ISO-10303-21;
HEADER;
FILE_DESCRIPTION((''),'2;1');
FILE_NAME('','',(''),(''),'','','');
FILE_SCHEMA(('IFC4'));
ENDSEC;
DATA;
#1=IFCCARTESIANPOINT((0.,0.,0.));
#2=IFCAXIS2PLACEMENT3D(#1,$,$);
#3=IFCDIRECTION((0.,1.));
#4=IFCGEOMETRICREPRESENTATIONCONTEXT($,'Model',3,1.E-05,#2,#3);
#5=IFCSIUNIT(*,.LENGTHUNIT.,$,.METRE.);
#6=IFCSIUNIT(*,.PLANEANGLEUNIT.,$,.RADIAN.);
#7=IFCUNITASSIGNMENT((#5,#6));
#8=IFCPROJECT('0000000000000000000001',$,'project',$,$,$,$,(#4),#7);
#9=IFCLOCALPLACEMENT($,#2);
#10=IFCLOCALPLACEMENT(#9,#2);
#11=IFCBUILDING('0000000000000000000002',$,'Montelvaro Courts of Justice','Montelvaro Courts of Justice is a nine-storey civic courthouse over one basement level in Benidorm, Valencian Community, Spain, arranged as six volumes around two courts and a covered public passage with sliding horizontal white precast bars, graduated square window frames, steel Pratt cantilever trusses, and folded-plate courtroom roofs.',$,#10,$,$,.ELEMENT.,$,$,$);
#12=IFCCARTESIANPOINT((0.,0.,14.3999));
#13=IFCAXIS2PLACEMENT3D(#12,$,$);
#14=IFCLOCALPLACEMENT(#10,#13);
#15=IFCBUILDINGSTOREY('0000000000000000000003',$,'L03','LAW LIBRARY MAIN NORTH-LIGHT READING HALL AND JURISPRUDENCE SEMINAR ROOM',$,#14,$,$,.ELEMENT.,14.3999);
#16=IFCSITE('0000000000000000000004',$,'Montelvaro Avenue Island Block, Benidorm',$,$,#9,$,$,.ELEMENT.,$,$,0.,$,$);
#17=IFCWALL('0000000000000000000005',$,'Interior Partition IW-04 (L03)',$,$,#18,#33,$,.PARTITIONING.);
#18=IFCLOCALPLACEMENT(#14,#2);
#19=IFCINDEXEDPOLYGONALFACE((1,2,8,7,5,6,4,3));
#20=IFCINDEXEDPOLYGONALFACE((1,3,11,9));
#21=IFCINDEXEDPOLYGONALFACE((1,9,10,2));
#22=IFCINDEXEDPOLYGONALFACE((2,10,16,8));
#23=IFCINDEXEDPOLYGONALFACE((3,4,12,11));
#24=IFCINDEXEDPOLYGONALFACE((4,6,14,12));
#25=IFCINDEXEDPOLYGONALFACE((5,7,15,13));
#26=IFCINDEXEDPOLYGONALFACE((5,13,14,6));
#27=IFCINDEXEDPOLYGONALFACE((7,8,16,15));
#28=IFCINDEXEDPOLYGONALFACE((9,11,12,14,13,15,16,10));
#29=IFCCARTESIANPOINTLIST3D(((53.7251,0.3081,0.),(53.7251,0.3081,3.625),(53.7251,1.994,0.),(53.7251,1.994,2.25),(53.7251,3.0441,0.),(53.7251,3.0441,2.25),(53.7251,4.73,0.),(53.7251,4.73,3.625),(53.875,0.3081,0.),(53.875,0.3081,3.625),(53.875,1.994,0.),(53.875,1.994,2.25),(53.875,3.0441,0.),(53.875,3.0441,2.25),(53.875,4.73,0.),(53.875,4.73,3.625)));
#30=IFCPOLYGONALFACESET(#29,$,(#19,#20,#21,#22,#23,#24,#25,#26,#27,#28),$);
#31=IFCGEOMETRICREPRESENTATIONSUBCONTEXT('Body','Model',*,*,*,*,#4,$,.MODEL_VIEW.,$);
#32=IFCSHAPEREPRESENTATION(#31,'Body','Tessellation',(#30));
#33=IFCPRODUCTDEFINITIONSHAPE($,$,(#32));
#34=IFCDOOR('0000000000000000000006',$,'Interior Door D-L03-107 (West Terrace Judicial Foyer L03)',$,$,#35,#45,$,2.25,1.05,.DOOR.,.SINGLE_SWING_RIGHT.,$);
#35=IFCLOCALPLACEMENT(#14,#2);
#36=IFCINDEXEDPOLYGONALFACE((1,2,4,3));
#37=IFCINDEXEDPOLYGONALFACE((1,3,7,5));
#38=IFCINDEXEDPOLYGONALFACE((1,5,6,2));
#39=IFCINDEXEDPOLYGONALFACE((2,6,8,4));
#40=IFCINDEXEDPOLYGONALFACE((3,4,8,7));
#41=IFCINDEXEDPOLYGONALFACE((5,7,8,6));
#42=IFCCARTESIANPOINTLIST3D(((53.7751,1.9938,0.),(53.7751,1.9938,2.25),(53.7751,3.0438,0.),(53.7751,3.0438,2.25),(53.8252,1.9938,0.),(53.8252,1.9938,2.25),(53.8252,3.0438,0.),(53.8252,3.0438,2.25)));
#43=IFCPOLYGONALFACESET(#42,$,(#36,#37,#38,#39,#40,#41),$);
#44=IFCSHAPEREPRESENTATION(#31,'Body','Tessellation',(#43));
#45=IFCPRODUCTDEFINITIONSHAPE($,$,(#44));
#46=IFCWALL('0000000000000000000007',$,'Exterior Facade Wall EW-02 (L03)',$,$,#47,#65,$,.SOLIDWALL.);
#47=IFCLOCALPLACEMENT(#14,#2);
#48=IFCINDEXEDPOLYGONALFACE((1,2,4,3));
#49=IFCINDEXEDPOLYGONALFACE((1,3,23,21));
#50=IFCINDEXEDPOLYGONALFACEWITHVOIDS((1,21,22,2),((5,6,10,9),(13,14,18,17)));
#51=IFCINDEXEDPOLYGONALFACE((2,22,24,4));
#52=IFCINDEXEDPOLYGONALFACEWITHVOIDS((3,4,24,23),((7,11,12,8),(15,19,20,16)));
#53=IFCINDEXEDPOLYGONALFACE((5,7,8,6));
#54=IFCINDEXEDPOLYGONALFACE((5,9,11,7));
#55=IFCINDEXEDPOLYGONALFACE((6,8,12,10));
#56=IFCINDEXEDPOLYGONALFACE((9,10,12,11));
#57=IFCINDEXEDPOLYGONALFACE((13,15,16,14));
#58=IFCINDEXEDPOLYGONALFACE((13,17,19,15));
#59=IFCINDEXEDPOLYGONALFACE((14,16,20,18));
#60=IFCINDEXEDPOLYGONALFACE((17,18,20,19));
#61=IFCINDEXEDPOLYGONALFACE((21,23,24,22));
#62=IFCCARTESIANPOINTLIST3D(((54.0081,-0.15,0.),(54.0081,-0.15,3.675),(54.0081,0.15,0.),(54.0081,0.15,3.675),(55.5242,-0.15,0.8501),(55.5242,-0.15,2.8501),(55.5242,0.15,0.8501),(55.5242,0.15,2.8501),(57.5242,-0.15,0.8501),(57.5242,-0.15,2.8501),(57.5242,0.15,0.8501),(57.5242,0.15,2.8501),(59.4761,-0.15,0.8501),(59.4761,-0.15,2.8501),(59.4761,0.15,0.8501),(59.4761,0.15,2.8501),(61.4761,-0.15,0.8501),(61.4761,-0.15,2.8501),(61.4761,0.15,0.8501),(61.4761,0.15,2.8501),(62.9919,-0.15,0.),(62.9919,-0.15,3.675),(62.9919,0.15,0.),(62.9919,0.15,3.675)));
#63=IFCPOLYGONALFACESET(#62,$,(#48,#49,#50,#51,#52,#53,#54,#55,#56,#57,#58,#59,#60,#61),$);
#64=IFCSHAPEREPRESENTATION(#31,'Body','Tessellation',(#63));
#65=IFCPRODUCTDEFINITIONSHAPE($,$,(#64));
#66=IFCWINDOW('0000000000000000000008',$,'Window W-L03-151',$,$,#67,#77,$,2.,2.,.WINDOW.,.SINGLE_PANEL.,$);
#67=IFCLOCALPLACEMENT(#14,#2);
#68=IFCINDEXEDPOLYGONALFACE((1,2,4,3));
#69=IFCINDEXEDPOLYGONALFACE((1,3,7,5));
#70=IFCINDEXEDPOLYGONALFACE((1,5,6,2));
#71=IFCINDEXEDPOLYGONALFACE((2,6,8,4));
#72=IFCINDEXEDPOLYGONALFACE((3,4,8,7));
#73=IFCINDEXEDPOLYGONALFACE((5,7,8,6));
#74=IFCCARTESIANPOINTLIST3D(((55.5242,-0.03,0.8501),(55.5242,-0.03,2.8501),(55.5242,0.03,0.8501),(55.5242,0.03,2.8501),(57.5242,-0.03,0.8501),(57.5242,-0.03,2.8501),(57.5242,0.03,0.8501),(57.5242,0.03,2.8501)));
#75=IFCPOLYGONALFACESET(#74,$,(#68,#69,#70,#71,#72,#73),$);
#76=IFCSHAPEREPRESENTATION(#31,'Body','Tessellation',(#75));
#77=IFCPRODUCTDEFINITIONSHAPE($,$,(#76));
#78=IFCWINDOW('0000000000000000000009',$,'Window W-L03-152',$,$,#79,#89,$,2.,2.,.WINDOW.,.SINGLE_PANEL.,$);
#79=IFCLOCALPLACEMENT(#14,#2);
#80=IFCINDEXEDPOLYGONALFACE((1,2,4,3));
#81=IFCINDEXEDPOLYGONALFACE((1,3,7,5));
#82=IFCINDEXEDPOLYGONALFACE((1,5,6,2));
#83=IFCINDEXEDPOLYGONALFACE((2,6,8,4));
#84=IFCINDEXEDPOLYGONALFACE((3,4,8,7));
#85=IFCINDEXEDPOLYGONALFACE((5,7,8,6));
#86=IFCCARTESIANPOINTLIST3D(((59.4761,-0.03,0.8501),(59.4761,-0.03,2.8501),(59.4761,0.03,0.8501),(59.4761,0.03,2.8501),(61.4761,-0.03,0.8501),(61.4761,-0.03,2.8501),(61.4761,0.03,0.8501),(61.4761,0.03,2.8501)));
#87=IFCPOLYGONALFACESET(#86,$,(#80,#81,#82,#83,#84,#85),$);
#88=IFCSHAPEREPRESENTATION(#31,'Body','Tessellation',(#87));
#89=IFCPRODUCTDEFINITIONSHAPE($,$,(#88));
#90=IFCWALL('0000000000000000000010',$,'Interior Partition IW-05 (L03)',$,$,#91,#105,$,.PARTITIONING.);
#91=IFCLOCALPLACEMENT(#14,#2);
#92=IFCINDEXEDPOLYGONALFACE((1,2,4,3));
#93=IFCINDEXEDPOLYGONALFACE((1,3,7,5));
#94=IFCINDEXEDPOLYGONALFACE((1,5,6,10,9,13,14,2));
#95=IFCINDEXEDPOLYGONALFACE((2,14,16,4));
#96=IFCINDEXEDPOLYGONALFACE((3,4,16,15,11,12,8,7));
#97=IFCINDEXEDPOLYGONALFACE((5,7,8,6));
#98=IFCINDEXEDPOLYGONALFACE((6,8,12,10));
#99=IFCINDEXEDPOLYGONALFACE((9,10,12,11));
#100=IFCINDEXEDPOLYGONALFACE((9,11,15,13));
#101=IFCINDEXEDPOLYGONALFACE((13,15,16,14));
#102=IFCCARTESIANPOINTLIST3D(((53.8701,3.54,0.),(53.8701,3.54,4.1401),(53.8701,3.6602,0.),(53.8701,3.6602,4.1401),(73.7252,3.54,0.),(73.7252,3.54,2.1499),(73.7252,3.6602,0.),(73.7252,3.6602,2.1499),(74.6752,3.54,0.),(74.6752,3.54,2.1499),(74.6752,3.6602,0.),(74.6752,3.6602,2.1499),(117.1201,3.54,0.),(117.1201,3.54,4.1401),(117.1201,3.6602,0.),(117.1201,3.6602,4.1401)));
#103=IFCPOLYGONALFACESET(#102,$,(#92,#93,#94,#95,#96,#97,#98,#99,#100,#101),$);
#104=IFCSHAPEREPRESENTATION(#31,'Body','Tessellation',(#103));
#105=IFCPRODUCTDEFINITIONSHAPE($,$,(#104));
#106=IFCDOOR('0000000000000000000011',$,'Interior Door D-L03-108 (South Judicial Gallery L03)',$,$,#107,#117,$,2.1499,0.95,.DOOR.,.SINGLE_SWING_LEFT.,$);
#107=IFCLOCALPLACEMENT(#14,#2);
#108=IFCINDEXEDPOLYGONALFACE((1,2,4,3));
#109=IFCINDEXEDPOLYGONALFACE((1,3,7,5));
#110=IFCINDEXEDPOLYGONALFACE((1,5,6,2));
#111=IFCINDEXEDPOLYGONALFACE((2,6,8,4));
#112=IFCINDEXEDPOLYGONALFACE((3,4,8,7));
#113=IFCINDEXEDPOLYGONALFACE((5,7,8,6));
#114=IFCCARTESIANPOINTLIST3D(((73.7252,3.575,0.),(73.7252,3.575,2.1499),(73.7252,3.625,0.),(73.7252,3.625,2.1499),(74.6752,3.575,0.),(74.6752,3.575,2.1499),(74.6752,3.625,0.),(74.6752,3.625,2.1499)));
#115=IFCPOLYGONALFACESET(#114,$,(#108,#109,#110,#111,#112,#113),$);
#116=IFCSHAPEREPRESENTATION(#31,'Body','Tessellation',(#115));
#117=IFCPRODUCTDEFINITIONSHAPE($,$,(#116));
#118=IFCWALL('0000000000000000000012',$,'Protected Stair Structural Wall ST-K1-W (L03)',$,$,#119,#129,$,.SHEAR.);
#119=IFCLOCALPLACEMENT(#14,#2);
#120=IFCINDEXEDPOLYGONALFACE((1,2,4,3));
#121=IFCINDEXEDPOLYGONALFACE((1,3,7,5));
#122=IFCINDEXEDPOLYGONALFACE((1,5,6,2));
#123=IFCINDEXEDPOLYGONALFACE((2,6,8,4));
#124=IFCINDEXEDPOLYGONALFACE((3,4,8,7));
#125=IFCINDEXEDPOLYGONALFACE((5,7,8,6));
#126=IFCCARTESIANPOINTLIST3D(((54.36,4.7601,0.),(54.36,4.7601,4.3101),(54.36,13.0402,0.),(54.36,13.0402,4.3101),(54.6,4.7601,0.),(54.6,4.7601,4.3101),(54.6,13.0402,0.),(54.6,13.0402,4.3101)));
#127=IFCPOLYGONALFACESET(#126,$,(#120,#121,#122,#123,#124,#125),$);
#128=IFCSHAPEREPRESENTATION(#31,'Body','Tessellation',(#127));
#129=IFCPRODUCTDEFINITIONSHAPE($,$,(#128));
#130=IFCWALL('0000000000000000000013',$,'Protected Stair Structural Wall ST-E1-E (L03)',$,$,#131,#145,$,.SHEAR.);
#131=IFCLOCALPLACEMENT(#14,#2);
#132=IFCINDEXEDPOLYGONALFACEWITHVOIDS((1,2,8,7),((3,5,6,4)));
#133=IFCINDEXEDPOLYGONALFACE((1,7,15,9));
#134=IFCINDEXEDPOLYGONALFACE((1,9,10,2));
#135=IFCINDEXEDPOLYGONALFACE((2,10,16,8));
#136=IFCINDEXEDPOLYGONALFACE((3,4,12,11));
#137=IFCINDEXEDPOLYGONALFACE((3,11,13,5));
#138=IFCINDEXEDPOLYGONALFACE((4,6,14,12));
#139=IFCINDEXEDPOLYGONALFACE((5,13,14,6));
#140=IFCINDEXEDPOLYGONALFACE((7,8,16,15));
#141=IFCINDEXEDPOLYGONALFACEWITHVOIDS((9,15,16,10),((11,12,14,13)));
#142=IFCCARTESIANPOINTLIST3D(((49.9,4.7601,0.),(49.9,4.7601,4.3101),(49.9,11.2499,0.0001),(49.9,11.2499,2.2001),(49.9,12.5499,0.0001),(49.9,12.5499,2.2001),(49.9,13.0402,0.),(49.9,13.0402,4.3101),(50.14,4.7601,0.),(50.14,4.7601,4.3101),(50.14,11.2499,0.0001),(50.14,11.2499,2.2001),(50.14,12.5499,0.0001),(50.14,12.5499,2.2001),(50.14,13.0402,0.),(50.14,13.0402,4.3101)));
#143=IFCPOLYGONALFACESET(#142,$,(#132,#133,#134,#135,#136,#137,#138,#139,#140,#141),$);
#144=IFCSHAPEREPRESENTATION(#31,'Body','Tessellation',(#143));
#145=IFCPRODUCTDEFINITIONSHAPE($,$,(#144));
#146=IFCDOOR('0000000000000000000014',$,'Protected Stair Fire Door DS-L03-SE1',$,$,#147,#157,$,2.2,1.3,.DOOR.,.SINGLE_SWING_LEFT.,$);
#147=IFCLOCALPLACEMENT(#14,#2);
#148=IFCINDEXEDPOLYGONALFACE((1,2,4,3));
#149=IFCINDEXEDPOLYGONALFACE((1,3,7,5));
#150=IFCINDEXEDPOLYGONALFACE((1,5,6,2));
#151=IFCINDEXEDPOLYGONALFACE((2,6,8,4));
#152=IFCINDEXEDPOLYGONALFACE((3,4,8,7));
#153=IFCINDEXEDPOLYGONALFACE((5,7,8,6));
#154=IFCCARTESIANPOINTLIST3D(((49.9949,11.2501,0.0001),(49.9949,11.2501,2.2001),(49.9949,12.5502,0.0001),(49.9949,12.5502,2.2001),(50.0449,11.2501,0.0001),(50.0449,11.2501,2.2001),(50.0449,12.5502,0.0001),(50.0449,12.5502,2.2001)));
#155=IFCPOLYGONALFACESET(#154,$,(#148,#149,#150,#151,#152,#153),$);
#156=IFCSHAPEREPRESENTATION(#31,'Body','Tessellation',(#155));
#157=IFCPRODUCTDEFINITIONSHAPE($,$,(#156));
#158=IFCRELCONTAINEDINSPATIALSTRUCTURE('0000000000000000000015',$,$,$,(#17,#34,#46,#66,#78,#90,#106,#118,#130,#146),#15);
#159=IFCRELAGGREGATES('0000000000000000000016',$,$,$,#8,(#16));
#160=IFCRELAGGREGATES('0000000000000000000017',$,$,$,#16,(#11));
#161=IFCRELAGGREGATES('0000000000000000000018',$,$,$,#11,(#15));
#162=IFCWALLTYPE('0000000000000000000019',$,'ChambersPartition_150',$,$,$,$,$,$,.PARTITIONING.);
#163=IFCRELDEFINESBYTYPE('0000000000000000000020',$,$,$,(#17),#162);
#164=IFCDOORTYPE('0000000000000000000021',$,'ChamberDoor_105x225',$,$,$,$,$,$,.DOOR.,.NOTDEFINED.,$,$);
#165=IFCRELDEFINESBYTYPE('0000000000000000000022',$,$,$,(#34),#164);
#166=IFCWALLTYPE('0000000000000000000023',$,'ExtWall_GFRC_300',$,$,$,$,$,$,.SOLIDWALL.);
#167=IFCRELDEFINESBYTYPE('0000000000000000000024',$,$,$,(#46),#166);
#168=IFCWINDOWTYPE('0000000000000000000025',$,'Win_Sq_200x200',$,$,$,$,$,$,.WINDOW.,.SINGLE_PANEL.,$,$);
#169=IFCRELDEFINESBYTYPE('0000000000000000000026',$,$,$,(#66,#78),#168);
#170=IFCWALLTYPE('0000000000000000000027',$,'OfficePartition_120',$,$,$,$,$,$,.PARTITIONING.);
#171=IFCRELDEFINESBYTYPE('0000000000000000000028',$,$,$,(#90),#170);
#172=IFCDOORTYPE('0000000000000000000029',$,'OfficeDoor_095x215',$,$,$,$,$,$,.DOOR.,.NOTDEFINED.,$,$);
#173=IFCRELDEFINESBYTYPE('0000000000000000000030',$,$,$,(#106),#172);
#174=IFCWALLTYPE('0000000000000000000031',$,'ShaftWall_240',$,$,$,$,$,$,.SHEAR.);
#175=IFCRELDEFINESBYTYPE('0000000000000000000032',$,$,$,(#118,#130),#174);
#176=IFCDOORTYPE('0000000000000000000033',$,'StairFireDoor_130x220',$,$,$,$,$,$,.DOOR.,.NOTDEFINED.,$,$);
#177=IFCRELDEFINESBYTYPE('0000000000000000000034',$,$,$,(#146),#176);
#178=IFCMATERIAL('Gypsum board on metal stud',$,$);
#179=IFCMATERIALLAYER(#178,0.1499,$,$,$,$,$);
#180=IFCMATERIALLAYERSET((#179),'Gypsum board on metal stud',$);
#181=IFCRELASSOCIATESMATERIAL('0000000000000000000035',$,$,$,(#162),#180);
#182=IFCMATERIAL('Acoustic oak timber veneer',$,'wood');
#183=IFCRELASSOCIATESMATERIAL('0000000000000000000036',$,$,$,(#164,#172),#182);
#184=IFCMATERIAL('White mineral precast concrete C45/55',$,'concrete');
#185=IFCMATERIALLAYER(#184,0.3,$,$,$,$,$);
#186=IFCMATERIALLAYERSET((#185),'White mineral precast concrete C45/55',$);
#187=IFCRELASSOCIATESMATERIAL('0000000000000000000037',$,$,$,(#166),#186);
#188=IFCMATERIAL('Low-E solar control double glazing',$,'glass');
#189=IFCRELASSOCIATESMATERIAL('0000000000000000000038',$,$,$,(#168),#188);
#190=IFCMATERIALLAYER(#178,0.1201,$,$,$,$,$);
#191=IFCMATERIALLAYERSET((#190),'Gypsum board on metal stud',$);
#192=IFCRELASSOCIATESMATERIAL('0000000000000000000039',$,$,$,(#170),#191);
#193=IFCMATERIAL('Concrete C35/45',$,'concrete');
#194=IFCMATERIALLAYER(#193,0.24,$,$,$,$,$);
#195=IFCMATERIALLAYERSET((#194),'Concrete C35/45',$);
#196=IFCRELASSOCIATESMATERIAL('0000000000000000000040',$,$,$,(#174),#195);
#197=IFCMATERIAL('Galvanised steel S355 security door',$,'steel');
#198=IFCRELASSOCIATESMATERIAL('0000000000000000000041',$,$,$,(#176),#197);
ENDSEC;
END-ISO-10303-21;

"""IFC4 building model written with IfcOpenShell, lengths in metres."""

from ifc_helpers import new_model, si_unit, direction, frame, frame_2d, origin, place, context, subcontext, project, spatial, rectangle, extrude, material, layer, layer_set, type_object, element, fill, save


model = new_model("IFC4")

# Units and contexts
model_context = context("Model", 3, precision=1e-05, world=origin(), true_north=direction((0.0, 1.0)))
body_context = subcontext(model_context, "Body", "Model", "MODEL_VIEW")
ifc_project = project(units=[si_unit("LENGTHUNIT", "METRE"), si_unit("PLANEANGLEUNIT", "RADIAN")], contexts=[model_context])

# Site, building, storey
site_placement = place(None, origin())
site = spatial("IfcSite", under=ifc_project, at=site_placement, Name="Montelvaro Avenue Island Block, Benidorm", CompositionType="ELEMENT", RefElevation=0.0)
building_placement = place(site_placement, origin())
building = spatial("IfcBuilding", under=site, at=building_placement, Name="Montelvaro Courts of Justice", Description="Montelvaro Courts of Justice is a nine-storey civic courthouse over one basement level in Benidorm, Valencian Community, Spain, arranged as six volumes around two courts and a covered public passage with sliding horizontal white precast bars, graduated square window frames, steel Pratt cantilever trusses, and folded-plate courtroom roofs.", CompositionType="ELEMENT")
storey_placement = place(building_placement, frame((0.0, 0.0, 14.3999)))
storey = spatial("IfcBuildingStorey", under=building, at=storey_placement, Name="L03", Description="LAW LIBRARY MAIN NORTH-LIGHT READING HALL AND JURISPRUDENCE SEMINAR ROOM", CompositionType="ELEMENT", Elevation=14.3999)

# Shared definitions
ifc_material_1 = material(Name="White mineral precast concrete C45/55", Category="concrete")

# Shared definitions
ifc_material_2 = material(Name="Gypsum board on metal stud")
ifc_layer_1 = layer(ifc_material_2, 0.1499)
ifc_layer_set_1 = layer_set([ifc_layer_1], Name="Gypsum board on metal stud")
wall_type_1 = type_object("IfcWallType", Name="ChambersPartition_150", PredefinedType="PARTITIONING", material=ifc_layer_set_1)

# Wall, opening, door
wall_1_placement = place(storey_placement, frame((53.8, 4.73, 0.0), z_axis=(0.0, 0.0, 1.0), x_axis=(0.0, -1.0, 0.0)))
wall_1 = element("IfcWall", 1, at=wall_1_placement, inside=storey, type_object=wall_type_1, Name="Interior Partition IW-04 (L03)", PredefinedType="PARTITIONING", context=body_context, shape_type="SweptSolid", body=[
    extrude(rectangle(XDim=4.4219, YDim=0.1499, at=frame_2d((2.2109, 0.0))), origin(), (0.0, 0.0, 1.0), 3.625),
])
opening_1_placement = place(wall_1_placement, frame((1.686, 0.0, 0.0)))
opening_1 = element("IfcOpeningElement", 2, at=opening_1_placement, cuts=wall_1, PredefinedType="OPENING", context=body_context, shape_type="SweptSolid", body=[
    extrude(rectangle(XDim=1.05, YDim=2.25, at=frame_2d((0.5249, 1.125))), frame((0.0, 0.0898, 0.0), z_axis=(0.0, -1.0, 0.0), x_axis=(1.0, 0.0, 0.0)), (0.0, 0.0, 1.0), 0.1797),
])
ifc_material_3 = material(Name="Acoustic oak timber veneer", Category="wood")
door_type_1 = type_object("IfcDoorType", Name="ChamberDoor_105x225", OperationType="NOTDEFINED", PredefinedType="DOOR", material=ifc_material_3)
door_1_placement = place(opening_1_placement, frame((1.05, 0.0, 0.0), z_axis=(0.0, 0.0, 1.0), x_axis=(-1.0, 0.0, 0.0)))
door_1 = element("IfcDoor", 3, at=door_1_placement, inside=storey, type_object=door_type_1, Name="Interior Door D-L03-107 (West Terrace Judicial Foyer L03)", OperationType="SINGLE_SWING_RIGHT", OverallHeight=2.25, OverallWidth=1.05, PredefinedType="DOOR", context=body_context, shape_type="SweptSolid", body=[
    extrude(rectangle(XDim=1.05, YDim=2.25, at=frame_2d((0.5249, 1.125))), frame((0.0, 0.0249, 0.0), z_axis=(0.0, -1.0, 0.0), x_axis=(1.0, 0.0, 0.0)), (0.0, 0.0, 1.0), 0.05),
])
fill(opening_1, door_1)

# Wall, openings, windows
ifc_layer_2 = layer(ifc_material_1, 0.3)
ifc_layer_set_2 = layer_set([ifc_layer_2], Name="White mineral precast concrete C45/55")
wall_type_2 = type_object("IfcWallType", Name="ExtWall_GFRC_300", PredefinedType="SOLIDWALL", material=ifc_layer_set_2)
wall_2_placement = place(storey_placement, frame((54.0081, 0.0, 0.0), z_axis=(0.0, 0.0, 1.0), x_axis=(1.0, 0.0, 0.0)))
wall_2 = element("IfcWall", 4, at=wall_2_placement, inside=storey, type_object=wall_type_2, Name="Exterior Facade Wall EW-02 (L03)", PredefinedType="SOLIDWALL", context=body_context, shape_type="SweptSolid", body=[
    extrude(rectangle(XDim=8.9839, YDim=0.3, at=frame_2d((4.4919, 0.0))), origin(), (0.0, 0.0, 1.0), 3.675),
])
opening_2_placement = place(wall_2_placement, frame((1.5161, 0.0, 0.8501)))
opening_2 = element("IfcOpeningElement", 5, at=opening_2_placement, cuts=wall_2, PredefinedType="OPENING", context=body_context, shape_type="SweptSolid", body=[
    extrude(rectangle(XDim=2.0, YDim=2.0, at=frame_2d((1.0, 1.0))), frame((0.0, 0.165, 0.0), z_axis=(0.0, -1.0, 0.0), x_axis=(1.0, 0.0, 0.0)), (0.0, 0.0, 1.0), 0.3298),
])
opening_3_placement = place(wall_2_placement, frame((5.468, 0.0, 0.8501)))
opening_3 = element("IfcOpeningElement", 6, at=opening_3_placement, cuts=wall_2, PredefinedType="OPENING", context=body_context, shape_type="SweptSolid", body=[
    extrude(rectangle(XDim=2.0, YDim=2.0, at=frame_2d((1.0, 1.0))), frame((0.0, 0.165, 0.0), z_axis=(0.0, -1.0, 0.0), x_axis=(1.0, 0.0, 0.0)), (0.0, 0.0, 1.0), 0.3298),
])
ifc_material_4 = material(Name="Low-E solar control double glazing", Category="glass")
window_type = type_object("IfcWindowType", Name="Win_Sq_200x200", PartitioningType="SINGLE_PANEL", PredefinedType="WINDOW", material=ifc_material_4)
window_1_placement = place(opening_2_placement, origin())
window_1 = element("IfcWindow", 7, at=window_1_placement, inside=storey, type_object=window_type, Name="Window W-L03-151", OverallHeight=2.0, OverallWidth=2.0, PartitioningType="SINGLE_PANEL", PredefinedType="WINDOW", context=body_context, shape_type="SweptSolid", body=[
    extrude(rectangle(XDim=2.0, YDim=2.0, at=frame_2d((1.0, 1.0))), frame((0.0, 0.03, 0.0), z_axis=(0.0, -1.0, 0.0), x_axis=(1.0, 0.0, 0.0)), (0.0, 0.0, 1.0), 0.0601),
])
fill(opening_2, window_1)
window_2_placement = place(opening_3_placement, origin())
window_2 = element("IfcWindow", 8, at=window_2_placement, inside=storey, type_object=window_type, Name="Window W-L03-152", OverallHeight=2.0, OverallWidth=2.0, PartitioningType="SINGLE_PANEL", PredefinedType="WINDOW", context=body_context, shape_type="SweptSolid", body=[
    extrude(rectangle(XDim=2.0, YDim=2.0, at=frame_2d((1.0, 1.0))), frame((0.0, 0.03, 0.0), z_axis=(0.0, -1.0, 0.0), x_axis=(1.0, 0.0, 0.0)), (0.0, 0.0, 1.0), 0.0601),
])
fill(opening_3, window_2)

# Wall, opening, door
ifc_layer_3 = layer(ifc_material_2, 0.1201)
ifc_layer_set_3 = layer_set([ifc_layer_3], Name="Gypsum board on metal stud")
wall_type_3 = type_object("IfcWallType", Name="OfficePartition_120", PredefinedType="PARTITIONING", material=ifc_layer_set_3)
wall_3_placement = place(storey_placement, frame((53.8701, 3.6001, 0.0), z_axis=(0.0, 0.0, 1.0), x_axis=(1.0, 0.0, 0.0)))
wall_3 = element("IfcWall", 9, at=wall_3_placement, inside=storey, type_object=wall_type_3, Name="Interior Partition IW-05 (L03)", PredefinedType="PARTITIONING", context=body_context, shape_type="SweptSolid", body=[
    extrude(rectangle(XDim=63.25, YDim=0.1201, at=frame_2d((31.625, 0.0))), origin(), (0.0, 0.0, 1.0), 4.1401),
])
opening_4_placement = place(wall_3_placement, frame((19.855, 0.0, 0.0)))
opening_4 = element("IfcOpeningElement", 10, at=opening_4_placement, cuts=wall_3, PredefinedType="OPENING", context=body_context, shape_type="SweptSolid", body=[
    extrude(rectangle(XDim=0.95, YDim=2.1499, at=frame_2d((0.4751, 1.075))), frame((0.0, 0.075, 0.0), z_axis=(0.0, -1.0, 0.0), x_axis=(1.0, 0.0, 0.0)), (0.0, 0.0, 1.0), 0.1499),
])
door_type_2 = type_object("IfcDoorType", Name="OfficeDoor_095x215", OperationType="NOTDEFINED", PredefinedType="DOOR", material=ifc_material_3)
door_2_placement = place(opening_4_placement, origin())
door_2 = element("IfcDoor", 11, at=door_2_placement, inside=storey, type_object=door_type_2, Name="Interior Door D-L03-108 (South Judicial Gallery L03)", OperationType="SINGLE_SWING_LEFT", OverallHeight=2.1499, OverallWidth=0.95, PredefinedType="DOOR", context=body_context, shape_type="SweptSolid", body=[
    extrude(rectangle(XDim=0.95, YDim=2.1499, at=frame_2d((0.4751, 1.075))), frame((0.0, 0.0249, 0.0), z_axis=(0.0, -1.0, 0.0), x_axis=(1.0, 0.0, 0.0)), (0.0, 0.0, 1.0), 0.05),
])
fill(opening_4, door_2)

# Wall
ifc_material_5 = material(Name="Concrete C35/45", Category="concrete")
ifc_layer_4 = layer(ifc_material_5, 0.24)
ifc_layer_set_4 = layer_set([ifc_layer_4], Name="Concrete C35/45")
wall_type_4 = type_object("IfcWallType", Name="ShaftWall_240", PredefinedType="SHEAR", material=ifc_layer_set_4)
wall_4_placement = place(storey_placement, frame((54.48, 4.76, 0.0), z_axis=(0.0, 0.0, 1.0), x_axis=(0.0, 1.0, 0.0)))
element("IfcWall", 12, at=wall_4_placement, inside=storey, type_object=wall_type_4, Name="Protected Stair Structural Wall ST-K1-W (L03)", PredefinedType="SHEAR", context=body_context, shape_type="SweptSolid", body=[
    extrude(rectangle(XDim=8.28, YDim=0.24, at=frame_2d((4.1401, 0.0))), origin(), (0.0, 0.0, 1.0), 4.3101),
])

# Wall, opening, door
wall_5_placement = place(storey_placement, frame((50.02, 4.76, 0.0), z_axis=(0.0, 0.0, 1.0), x_axis=(0.0, 1.0, 0.0)))
wall_5 = element("IfcWall", 13, at=wall_5_placement, inside=storey, type_object=wall_type_4, Name="Protected Stair Structural Wall ST-E1-E (L03)", PredefinedType="SHEAR", context=body_context, shape_type="SweptSolid", body=[
    extrude(rectangle(XDim=8.28, YDim=0.24, at=frame_2d((4.1401, 0.0))), origin(), (0.0, 0.0, 1.0), 4.3101),
])
opening_5_placement = place(wall_5_placement, frame((6.49, 0.0, 0.0)))
opening_5 = element("IfcOpeningElement", 14, at=opening_5_placement, cuts=wall_5, PredefinedType="OPENING", context=body_context, shape_type="SweptSolid", body=[
    extrude(rectangle(XDim=1.3, YDim=2.2, at=frame_2d((0.6499, 1.1001))), frame((0.0, 0.1348, 0.0), z_axis=(0.0, -1.0, 0.0), x_axis=(1.0, 0.0, 0.0)), (0.0, 0.0, 1.0), 0.2698),
])
ifc_material_6 = material(Name="Galvanised steel S355 security door", Category="steel")
door_type_3 = type_object("IfcDoorType", Name="StairFireDoor_130x220", OperationType="NOTDEFINED", PredefinedType="DOOR", material=ifc_material_6)
door_3_placement = place(opening_5_placement, frame((1.3, 0.0, 0.0), z_axis=(0.0, 0.0, 1.0), x_axis=(-1.0, 0.0, 0.0)))
door_3 = element("IfcDoor", 15, at=door_3_placement, inside=storey, type_object=door_type_3, Name="Protected Stair Fire Door DS-L03-SE1", OperationType="SINGLE_SWING_LEFT", OverallHeight=2.2, OverallWidth=1.3, PredefinedType="DOOR", context=body_context, shape_type="SweptSolid", body=[
    extrude(rectangle(XDim=1.3, YDim=2.2, at=frame_2d((0.6499, 1.1001))), frame((0.0, 0.0249, 0.0), z_axis=(0.0, -1.0, 0.0), x_axis=(1.0, 0.0, 0.0)), (0.0, 0.0, 1.0), 0.05),
])
fill(opening_5, door_3)

save(model, "model.ifc")
